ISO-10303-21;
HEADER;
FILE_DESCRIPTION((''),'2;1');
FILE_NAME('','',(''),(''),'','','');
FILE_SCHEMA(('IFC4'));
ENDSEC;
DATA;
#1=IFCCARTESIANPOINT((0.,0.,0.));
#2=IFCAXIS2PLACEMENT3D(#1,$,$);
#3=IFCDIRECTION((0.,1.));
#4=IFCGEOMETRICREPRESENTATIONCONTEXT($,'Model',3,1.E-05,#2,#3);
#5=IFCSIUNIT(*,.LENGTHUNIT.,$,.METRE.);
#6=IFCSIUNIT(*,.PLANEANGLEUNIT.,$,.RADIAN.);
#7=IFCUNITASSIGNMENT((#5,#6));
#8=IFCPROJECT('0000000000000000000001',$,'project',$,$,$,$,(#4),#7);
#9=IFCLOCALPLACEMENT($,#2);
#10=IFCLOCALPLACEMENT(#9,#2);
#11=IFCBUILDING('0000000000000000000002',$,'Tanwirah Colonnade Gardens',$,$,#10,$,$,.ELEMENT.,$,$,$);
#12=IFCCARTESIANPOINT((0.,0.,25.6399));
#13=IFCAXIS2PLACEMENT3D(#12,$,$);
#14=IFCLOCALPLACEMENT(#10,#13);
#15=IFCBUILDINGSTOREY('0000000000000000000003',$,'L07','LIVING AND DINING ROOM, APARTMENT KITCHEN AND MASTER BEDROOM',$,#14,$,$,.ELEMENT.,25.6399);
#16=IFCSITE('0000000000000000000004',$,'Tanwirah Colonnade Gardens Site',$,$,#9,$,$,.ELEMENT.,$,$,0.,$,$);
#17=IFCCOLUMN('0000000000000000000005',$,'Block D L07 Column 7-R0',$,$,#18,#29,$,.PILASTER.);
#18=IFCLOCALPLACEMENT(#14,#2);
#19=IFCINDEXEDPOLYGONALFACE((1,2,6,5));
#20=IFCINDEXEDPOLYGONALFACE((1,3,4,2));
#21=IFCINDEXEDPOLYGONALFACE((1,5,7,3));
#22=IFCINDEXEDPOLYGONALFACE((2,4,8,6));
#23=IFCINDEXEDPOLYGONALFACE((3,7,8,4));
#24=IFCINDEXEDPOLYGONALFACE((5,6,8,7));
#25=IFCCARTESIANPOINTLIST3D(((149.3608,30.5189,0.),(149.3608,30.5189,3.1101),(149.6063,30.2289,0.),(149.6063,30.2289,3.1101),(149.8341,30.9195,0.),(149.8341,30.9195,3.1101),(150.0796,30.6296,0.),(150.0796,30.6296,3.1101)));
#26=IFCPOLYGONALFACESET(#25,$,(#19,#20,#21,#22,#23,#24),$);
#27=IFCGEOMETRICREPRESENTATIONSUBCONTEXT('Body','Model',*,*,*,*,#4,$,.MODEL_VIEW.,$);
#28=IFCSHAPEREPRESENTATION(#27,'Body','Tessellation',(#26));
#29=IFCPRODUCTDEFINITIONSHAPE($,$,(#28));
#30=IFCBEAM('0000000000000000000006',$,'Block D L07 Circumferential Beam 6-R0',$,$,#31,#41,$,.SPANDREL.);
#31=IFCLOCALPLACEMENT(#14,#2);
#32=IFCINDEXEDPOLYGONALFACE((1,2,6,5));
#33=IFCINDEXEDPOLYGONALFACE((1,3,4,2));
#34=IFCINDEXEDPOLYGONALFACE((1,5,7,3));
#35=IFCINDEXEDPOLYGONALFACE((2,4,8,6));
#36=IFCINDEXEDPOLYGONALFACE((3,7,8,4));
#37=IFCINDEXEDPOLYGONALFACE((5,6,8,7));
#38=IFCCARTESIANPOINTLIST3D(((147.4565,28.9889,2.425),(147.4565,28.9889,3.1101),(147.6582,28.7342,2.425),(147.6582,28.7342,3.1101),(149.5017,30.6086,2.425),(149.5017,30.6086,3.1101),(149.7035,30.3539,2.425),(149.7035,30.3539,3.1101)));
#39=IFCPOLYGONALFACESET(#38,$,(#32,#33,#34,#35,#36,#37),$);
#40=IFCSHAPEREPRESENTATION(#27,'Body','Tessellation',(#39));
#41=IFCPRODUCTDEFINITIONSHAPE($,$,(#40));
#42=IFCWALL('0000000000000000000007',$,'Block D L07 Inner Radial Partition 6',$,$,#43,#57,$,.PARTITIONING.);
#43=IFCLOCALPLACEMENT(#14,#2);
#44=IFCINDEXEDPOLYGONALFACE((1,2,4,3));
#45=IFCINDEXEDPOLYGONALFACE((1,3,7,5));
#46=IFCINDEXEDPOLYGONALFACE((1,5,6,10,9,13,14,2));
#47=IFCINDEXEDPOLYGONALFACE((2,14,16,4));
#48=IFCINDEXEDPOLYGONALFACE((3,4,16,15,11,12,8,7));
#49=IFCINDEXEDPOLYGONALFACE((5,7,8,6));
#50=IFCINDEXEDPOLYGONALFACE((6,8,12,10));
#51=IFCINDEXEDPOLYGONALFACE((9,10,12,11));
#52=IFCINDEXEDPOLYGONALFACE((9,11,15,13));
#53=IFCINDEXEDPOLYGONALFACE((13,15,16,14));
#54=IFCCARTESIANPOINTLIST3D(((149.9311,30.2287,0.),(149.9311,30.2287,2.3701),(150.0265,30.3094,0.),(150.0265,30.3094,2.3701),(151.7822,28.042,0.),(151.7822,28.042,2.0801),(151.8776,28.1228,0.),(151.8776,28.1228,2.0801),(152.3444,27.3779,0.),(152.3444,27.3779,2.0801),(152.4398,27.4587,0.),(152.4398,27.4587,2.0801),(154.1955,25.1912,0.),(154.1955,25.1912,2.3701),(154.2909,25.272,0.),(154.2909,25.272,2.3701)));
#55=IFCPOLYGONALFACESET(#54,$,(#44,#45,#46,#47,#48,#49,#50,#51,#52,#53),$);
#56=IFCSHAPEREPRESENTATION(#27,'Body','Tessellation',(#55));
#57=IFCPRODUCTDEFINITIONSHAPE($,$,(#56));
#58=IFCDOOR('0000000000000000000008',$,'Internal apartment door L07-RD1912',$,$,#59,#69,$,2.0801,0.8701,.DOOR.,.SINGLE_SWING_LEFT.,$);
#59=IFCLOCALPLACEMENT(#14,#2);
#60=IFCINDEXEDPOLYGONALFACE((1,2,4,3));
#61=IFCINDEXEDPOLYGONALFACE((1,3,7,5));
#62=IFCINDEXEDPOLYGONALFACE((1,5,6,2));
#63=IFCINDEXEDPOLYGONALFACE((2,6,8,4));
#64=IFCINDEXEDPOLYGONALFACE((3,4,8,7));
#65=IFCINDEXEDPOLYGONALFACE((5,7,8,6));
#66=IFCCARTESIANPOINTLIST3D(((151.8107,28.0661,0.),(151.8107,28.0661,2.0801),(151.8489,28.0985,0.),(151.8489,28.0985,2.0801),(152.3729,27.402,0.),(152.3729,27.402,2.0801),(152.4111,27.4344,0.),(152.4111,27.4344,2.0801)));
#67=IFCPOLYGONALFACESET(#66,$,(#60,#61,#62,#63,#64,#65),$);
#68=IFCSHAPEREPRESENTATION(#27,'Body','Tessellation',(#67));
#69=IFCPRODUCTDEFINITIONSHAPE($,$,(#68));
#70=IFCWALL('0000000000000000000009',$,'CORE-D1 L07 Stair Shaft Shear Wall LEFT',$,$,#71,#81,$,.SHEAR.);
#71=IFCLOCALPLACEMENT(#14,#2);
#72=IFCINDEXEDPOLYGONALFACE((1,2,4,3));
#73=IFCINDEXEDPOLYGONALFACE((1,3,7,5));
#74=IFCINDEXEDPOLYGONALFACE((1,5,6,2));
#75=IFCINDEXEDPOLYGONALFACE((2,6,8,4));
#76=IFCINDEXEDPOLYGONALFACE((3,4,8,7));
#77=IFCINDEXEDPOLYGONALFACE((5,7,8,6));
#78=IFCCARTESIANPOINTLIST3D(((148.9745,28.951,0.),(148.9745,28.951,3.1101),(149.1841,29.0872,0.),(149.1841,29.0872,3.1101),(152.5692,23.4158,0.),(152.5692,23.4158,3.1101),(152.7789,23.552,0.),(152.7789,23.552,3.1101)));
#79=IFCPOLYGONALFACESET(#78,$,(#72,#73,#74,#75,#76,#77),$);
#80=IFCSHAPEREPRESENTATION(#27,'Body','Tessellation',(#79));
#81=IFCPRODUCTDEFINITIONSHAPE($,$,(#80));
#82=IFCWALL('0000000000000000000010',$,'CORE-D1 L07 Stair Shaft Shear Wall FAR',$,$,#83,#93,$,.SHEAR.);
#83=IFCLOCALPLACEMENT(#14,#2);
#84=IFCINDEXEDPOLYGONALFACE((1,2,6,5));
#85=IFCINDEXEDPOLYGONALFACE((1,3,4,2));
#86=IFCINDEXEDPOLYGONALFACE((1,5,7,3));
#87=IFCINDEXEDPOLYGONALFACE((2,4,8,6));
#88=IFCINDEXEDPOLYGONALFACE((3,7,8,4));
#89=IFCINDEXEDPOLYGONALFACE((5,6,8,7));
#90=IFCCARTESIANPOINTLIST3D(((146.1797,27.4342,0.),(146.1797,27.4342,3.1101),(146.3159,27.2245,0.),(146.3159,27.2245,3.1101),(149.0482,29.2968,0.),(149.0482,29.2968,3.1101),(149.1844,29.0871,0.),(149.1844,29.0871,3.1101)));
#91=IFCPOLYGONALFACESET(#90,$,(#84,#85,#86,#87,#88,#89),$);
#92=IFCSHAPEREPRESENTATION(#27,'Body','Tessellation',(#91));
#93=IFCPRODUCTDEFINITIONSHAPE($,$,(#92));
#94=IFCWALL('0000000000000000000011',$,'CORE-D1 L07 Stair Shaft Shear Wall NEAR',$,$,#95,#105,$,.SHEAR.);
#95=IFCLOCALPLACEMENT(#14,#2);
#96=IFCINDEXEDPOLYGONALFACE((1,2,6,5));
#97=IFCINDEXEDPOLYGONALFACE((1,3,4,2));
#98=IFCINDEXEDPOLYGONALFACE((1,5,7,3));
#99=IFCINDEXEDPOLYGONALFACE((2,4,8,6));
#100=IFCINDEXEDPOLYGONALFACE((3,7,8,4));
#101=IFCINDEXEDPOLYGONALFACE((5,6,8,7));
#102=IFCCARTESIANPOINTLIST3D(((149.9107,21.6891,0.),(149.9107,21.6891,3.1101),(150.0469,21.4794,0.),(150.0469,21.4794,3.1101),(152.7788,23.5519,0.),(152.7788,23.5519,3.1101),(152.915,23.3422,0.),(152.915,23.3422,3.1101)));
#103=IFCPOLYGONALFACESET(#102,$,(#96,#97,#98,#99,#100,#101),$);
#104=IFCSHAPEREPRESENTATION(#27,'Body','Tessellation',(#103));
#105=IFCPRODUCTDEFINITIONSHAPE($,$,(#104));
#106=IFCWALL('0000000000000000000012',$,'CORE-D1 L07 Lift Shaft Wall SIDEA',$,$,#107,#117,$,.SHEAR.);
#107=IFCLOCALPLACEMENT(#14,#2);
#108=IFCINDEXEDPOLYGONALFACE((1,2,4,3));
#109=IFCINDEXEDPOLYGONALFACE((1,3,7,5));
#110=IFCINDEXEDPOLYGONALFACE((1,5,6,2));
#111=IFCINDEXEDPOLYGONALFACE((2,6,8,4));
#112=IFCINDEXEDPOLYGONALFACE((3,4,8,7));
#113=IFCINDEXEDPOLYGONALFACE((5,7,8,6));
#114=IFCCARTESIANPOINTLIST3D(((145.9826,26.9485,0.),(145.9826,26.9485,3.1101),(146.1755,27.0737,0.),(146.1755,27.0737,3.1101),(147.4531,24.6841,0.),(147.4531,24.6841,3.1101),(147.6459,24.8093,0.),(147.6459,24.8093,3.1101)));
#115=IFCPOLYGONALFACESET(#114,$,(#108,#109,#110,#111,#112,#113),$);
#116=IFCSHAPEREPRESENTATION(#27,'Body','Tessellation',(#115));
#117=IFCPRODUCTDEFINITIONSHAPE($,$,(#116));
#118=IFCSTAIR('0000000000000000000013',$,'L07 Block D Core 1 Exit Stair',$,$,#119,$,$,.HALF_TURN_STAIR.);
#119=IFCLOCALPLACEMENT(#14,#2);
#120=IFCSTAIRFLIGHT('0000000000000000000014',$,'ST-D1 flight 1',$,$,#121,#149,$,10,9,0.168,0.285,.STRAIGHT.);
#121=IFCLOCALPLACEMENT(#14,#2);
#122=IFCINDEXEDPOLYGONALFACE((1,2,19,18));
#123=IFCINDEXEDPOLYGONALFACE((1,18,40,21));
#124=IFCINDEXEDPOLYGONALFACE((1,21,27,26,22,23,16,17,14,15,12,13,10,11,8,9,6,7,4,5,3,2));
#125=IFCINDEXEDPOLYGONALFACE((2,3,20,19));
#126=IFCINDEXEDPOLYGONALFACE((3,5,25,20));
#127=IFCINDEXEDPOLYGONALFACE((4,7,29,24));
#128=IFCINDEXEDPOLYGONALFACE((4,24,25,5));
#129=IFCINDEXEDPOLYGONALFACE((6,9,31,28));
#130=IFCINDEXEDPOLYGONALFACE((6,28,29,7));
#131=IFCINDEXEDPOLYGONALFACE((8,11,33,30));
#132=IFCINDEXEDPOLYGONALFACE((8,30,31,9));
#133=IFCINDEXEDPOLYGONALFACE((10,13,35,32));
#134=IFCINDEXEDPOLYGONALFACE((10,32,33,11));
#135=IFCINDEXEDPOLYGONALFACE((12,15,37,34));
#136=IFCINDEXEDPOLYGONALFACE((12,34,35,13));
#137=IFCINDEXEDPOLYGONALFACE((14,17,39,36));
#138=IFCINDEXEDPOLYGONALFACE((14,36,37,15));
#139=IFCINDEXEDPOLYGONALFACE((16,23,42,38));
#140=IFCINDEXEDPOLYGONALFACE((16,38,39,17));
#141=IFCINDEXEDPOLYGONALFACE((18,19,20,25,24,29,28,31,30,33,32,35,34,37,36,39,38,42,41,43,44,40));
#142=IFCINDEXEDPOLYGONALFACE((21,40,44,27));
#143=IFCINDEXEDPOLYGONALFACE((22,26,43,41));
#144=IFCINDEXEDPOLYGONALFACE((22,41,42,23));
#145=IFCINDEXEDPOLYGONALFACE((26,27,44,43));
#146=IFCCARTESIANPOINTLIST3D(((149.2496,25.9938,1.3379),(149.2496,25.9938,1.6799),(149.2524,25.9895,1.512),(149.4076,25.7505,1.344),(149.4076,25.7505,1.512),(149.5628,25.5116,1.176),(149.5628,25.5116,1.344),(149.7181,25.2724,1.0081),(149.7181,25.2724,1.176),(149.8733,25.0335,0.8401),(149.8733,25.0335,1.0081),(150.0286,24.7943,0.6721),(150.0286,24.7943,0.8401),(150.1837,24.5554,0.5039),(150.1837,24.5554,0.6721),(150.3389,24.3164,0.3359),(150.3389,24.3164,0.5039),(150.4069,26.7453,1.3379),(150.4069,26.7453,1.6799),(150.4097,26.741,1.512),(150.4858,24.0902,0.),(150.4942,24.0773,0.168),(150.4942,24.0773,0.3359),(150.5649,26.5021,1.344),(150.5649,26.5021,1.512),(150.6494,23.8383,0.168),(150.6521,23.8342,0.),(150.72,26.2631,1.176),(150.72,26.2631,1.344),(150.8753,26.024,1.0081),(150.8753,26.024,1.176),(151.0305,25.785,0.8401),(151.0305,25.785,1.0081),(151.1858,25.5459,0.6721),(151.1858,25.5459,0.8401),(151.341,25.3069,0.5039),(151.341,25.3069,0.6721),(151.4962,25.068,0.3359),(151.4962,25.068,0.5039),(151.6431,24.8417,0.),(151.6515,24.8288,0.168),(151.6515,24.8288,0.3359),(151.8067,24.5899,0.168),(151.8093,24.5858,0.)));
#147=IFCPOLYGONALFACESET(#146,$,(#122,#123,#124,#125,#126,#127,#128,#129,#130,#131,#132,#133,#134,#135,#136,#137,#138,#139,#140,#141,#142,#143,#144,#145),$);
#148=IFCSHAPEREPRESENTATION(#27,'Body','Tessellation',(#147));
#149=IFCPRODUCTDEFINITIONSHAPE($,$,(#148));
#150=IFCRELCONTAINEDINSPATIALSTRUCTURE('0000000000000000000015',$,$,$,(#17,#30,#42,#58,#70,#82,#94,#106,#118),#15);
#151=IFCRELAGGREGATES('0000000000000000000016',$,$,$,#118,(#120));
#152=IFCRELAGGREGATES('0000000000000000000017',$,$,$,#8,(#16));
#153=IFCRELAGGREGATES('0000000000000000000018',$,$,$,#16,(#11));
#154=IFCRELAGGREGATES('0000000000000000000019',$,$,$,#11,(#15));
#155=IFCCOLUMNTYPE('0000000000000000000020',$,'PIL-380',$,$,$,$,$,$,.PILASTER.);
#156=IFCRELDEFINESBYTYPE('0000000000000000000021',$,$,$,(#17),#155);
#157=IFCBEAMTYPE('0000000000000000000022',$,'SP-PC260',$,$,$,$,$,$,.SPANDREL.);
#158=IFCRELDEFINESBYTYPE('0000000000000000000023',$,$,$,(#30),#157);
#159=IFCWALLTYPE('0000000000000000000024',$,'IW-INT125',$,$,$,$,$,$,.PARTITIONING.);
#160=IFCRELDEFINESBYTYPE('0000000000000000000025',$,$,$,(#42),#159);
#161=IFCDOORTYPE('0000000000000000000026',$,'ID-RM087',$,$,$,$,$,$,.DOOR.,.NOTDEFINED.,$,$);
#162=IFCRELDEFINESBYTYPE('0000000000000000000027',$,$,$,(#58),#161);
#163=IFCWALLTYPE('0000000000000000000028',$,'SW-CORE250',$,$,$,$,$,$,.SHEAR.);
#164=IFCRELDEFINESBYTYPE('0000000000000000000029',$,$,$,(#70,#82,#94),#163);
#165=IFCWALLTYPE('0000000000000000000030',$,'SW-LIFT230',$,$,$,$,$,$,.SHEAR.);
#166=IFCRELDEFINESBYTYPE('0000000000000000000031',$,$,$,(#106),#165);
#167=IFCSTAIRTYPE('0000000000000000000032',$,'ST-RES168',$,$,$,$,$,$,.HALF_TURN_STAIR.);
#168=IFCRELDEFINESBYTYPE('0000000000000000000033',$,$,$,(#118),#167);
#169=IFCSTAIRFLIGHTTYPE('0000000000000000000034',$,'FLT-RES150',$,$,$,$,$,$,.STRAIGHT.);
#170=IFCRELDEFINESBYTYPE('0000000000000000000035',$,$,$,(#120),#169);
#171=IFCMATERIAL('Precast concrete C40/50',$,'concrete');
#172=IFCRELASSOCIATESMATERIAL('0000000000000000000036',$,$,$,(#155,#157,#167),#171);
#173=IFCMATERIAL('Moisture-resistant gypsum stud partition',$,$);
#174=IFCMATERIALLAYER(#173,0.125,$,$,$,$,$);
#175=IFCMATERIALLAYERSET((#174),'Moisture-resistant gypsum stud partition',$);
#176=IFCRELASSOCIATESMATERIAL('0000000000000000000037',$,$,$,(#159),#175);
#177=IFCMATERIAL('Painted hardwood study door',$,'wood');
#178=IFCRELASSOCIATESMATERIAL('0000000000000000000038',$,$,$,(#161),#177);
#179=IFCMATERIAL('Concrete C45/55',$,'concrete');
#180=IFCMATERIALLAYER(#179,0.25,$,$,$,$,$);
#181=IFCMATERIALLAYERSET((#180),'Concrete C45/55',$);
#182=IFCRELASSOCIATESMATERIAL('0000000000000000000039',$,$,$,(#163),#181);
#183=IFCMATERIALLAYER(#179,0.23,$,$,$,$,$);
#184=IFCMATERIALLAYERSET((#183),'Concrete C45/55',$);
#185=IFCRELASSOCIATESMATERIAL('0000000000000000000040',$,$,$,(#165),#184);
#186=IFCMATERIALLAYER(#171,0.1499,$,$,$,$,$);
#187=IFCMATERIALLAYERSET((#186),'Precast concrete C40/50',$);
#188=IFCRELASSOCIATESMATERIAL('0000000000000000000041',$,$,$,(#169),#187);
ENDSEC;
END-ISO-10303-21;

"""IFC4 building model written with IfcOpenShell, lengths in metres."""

from ifc_helpers import new_model, si_unit, direction, frame, frame_2d, origin, origin_2d, place, context, subcontext, project, spatial, polyline, rectangle, outline, extrude, material, layer, layer_set, material_profile, profile_set, type_object, element, fill, aggregate, save


model = new_model("IFC4")

# Units and contexts
model_context = context("Model", 3, precision=1e-05, world=origin(), true_north=direction((0.0, 1.0)))
body_context = subcontext(model_context, "Body", "Model", "MODEL_VIEW")
ifc_project = project(units=[si_unit("LENGTHUNIT", "METRE"), si_unit("PLANEANGLEUNIT", "RADIAN")], contexts=[model_context])

# Site, building, storey
site_placement = place(None, origin())
site = spatial("IfcSite", under=ifc_project, at=site_placement, Name="Tanwirah Colonnade Gardens Site", CompositionType="ELEMENT", RefElevation=0.0)
building_placement = place(site_placement, origin())
building = spatial("IfcBuilding", under=site, at=building_placement, Name="Tanwirah Colonnade Gardens", CompositionType="ELEMENT")
storey_placement = place(building_placement, frame((0.0, 0.0, 25.6399)))
storey = spatial("IfcBuildingStorey", under=building, at=storey_placement, Name="L07", Description="LIVING AND DINING ROOM, APARTMENT KITCHEN AND MASTER BEDROOM", CompositionType="ELEMENT", Elevation=25.6399)

# Column
ifc_material_1 = material(Name="Precast concrete C40/50", Category="concrete")
ifc_material_profile_1 = material_profile(ifc_material_1, rectangle(XDim=0.3799, YDim=0.6201, at=origin_2d()), Name="PC-PIL 380x620")
ifc_profile_set_1 = profile_set([ifc_material_profile_1], Name="Precast concrete C40/50")
column_type = type_object("IfcColumnType", Name="PIL-380", PredefinedType="PILASTER", material=ifc_profile_set_1)
column_placement = place(storey_placement, frame((149.7202, 30.5742, 0.0), z_axis=(0.0, 0.0, 1.0), x_axis=(0.646124, -0.763232, 0.0)))
element("IfcColumn", 1, at=column_placement, inside=storey, type_object=column_type, Name="Block D L07 Column 7-R0", PredefinedType="PILASTER", context=body_context, shape_type="SweptSolid", body=[
    extrude(rectangle(XDim=0.3799, YDim=0.6201, at=origin_2d()), origin(), (0.0, 0.0, 1.0), 3.1101),
])

# Beam
ifc_material_profile_2 = material_profile(ifc_material_1, rectangle(XDim=0.325, YDim=0.6851, at=origin_2d()), Name="PC-SP 325x685")
ifc_profile_set_2 = profile_set([ifc_material_profile_2], Name="Precast concrete C40/50")
beam_type = type_object("IfcBeamType", Name="SP-PC260", PredefinedType="SPANDREL", material=ifc_profile_set_2)
beam_placement = place(storey_placement, frame((147.5574, 28.8616, 2.7676), z_axis=(0.783945, 0.62083, 0.0), x_axis=(-0.62083, 0.783945, 0.0)))
element("IfcBeam", 2, at=beam_placement, inside=storey, type_object=beam_type, Name="Block D L07 Circumferential Beam 6-R0", PredefinedType="SPANDREL", context=body_context, shape_type="SweptSolid", body=[
    extrude(rectangle(XDim=0.325, YDim=0.6851, at=origin_2d()), origin(), (0.0, 0.0, 1.0), 2.6089),
])

# Wall, opening, door
ifc_material_2 = material(Name="Moisture-resistant gypsum stud partition")
ifc_layer_1 = layer(ifc_material_2, 0.125)
ifc_layer_set_1 = layer_set([ifc_layer_1], Name="Moisture-resistant gypsum stud partition")
wall_type_1 = type_object("IfcWallType", Name="IW-INT125", PredefinedType="PARTITIONING", material=ifc_layer_set_1)
wall_1_placement = place(storey_placement, frame((149.9788, 30.269, 0.0), z_axis=(0.0, 0.0, 1.0), x_axis=(0.646121, -0.763235, 0.0)))
wall_1 = element("IfcWall", 3, at=wall_1_placement, inside=storey, type_object=wall_type_1, Name="Block D L07 Inner Radial Partition 6", PredefinedType="PARTITIONING", context=body_context, shape_type="SweptSolid", body=[
    extrude(rectangle(XDim=6.6001, YDim=0.125, at=frame_2d((3.3, 0.0))), origin(), (0.0, 0.0, 1.0), 2.3701),
])
opening_1_placement = place(wall_1_placement, frame((2.865, 0.0, 0.0)))
opening_1 = element("IfcOpeningElement", 4, at=opening_1_placement, cuts=wall_1, PredefinedType="OPENING", context=body_context, shape_type="SweptSolid", body=[
    extrude(rectangle(XDim=0.8701, YDim=2.0801, at=frame_2d((0.4351, 1.04))), frame((0.0, 0.0725, 0.0), z_axis=(0.0, -1.0, 0.0), x_axis=(1.0, 0.0, 0.0)), (0.0, 0.0, 1.0), 0.145),
])
ifc_material_3 = material(Name="Painted hardwood study door", Category="wood")
door_type_1 = type_object("IfcDoorType", Name="ID-RM087", OperationType="NOTDEFINED", PredefinedType="DOOR", material=ifc_material_3)
door_1_placement = place(opening_1_placement, origin())
door_1 = element("IfcDoor", 5, at=door_1_placement, inside=storey, type_object=door_type_1, Name="Internal apartment door L07-RD1912", OperationType="SINGLE_SWING_LEFT", OverallHeight=2.0801, OverallWidth=0.8701, PredefinedType="DOOR", context=body_context, shape_type="SweptSolid", body=[
    extrude(rectangle(XDim=0.8701, YDim=2.0801, at=frame_2d((0.4351, 1.04))), frame((0.0, 0.0249, 0.0), z_axis=(0.0, -1.0, 0.0), x_axis=(1.0, 0.0, 0.0)), (0.0, 0.0, 1.0), 0.05),
])
fill(opening_1, door_1)

# Walls
ifc_material_4 = material(Name="Concrete C45/55", Category="concrete")
ifc_layer_2 = layer(ifc_material_4, 0.25)
ifc_layer_set_2 = layer_set([ifc_layer_2], Name="Concrete C45/55")
wall_type_2 = type_object("IfcWallType", Name="SW-CORE250", PredefinedType="SHEAR", material=ifc_layer_set_2)
wall_2_placement = place(storey_placement, frame((152.6741, 23.4839, 0.0), z_axis=(0.0, 0.0, 1.0), x_axis=(-0.544655, 0.83866, 0.0)))
element("IfcWall", 6, at=wall_2_placement, inside=storey, type_object=wall_type_2, Name="CORE-D1 L07 Stair Shaft Shear Wall LEFT", PredefinedType="SHEAR", context=body_context, shape_type="SweptSolid", body=[
    extrude(rectangle(XDim=6.6001, YDim=0.25, at=frame_2d((3.3, 0.0))), origin(), (0.0, 0.0, 1.0), 3.1101),
])
wall_3_placement = place(storey_placement, frame((149.1162, 29.1919, 0.0), z_axis=(0.0, 0.0, 1.0), x_axis=(-0.8387, -0.544594, 0.0)))
element("IfcWall", 7, at=wall_3_placement, inside=storey, type_object=wall_type_2, Name="CORE-D1 L07 Stair Shaft Shear Wall FAR", PredefinedType="SHEAR", context=body_context, shape_type="SweptSolid", body=[
    extrude(rectangle(XDim=3.4202, YDim=0.25, at=frame_2d((1.71, 0.0))), origin(), (0.0, 0.0, 1.0), 3.1101),
])
wall_4_placement = place(storey_placement, frame((152.8469, 23.447, 0.0), z_axis=(0.0, 0.0, 1.0), x_axis=(-0.838646, -0.544677, 0.0)))
element("IfcWall", 8, at=wall_4_placement, inside=storey, type_object=wall_type_2, Name="CORE-D1 L07 Stair Shaft Shear Wall NEAR", PredefinedType="SHEAR", context=body_context, shape_type="SweptSolid", body=[
    extrude(rectangle(XDim=3.4199, YDim=0.25, at=frame_2d((1.71, 0.0))), origin(), (0.0, 0.0, 1.0), 3.1101),
])

# Shared definitions
ifc_layer_3 = layer(ifc_material_4, 0.23)
ifc_layer_set_3 = layer_set([ifc_layer_3], Name="Concrete C45/55")
wall_type_3 = type_object("IfcWallType", Name="SW-LIFT230", PredefinedType="SHEAR", material=ifc_layer_set_3)

# Wall
wall_5_placement = place(storey_placement, frame((147.5496, 24.7466, 0.0), z_axis=(0.0, 0.0, 1.0), x_axis=(-0.544623, 0.838681, 0.0)))
element("IfcWall", 9, at=wall_5_placement, inside=storey, type_object=wall_type_3, Name="CORE-D1 L07 Lift Shaft Wall SIDEA", PredefinedType="SHEAR", context=body_context, shape_type="SweptSolid", body=[
    extrude(rectangle(XDim=2.7, YDim=0.23, at=frame_2d((1.3501, 0.0))), origin(), (0.0, 0.0, 1.0), 3.1101),
])

# Stair, stair flight
stair_type = type_object("IfcStairType", Name="ST-RES168", PredefinedType="HALF_TURN_STAIR", material=ifc_material_1)
stair_placement = place(storey_placement, origin())
stair = element("IfcStair", 10, at=stair_placement, inside=storey, type_object=stair_type, Name="L07 Block D Core 1 Exit Stair", PredefinedType="HALF_TURN_STAIR")
ifc_layer_4 = layer(ifc_material_1, 0.1499)
ifc_layer_set_4 = layer_set([ifc_layer_4], Name="Precast concrete C40/50")
stair_flight_type = type_object("IfcStairFlightType", Name="FLT-RES150", PredefinedType="STRAIGHT", material=ifc_layer_set_4)
stair_flight_1_placement = place(storey_placement, frame((151.228, 24.2141, 0.0), z_axis=(0.0, 0.0, 1.0), x_axis=(-0.544639, 0.838671, 0.0)))
stair_flight_1 = element("IfcStairFlight", 11, at=stair_flight_1_placement, type_object=stair_flight_type, Name="ST-D1 flight 1", NumberOfRisers=10, NumberOfTreads=9, PredefinedType="STRAIGHT", RiserHeight=0.168, TreadLength=0.285, context=body_context, shape_type="SweptSolid", body=[
    extrude(outline(polyline([(-0.0049, 0.0), (0.0, 0.168), (0.2849, 0.168), (0.2849, 0.3359), (0.5701, 0.3359), (0.5701, 0.5039), (0.855, 0.5039), (0.855, 0.6721), (1.1399, 0.6721), (1.1399, 0.8401), (1.425, 0.8401), (1.425, 1.0081), (1.71, 1.0081), (1.71, 1.176), (1.9951, 1.176), (1.9951, 1.344), (2.28, 1.344), (2.28, 1.512), (2.5649, 1.512), (2.5701, 1.6799), (2.5701, 1.3379), (0.3003, 0.0), (-0.0049, 0.0)])), frame((0.0, 0.6899, 0.0), z_axis=(0.0, -1.0, 0.0), x_axis=(1.0, 0.0, 0.0)), (0.0, 0.0, 1.0), 1.3799),
])
aggregate(stair, [stair_flight_1])

save(model, "model.ifc")
